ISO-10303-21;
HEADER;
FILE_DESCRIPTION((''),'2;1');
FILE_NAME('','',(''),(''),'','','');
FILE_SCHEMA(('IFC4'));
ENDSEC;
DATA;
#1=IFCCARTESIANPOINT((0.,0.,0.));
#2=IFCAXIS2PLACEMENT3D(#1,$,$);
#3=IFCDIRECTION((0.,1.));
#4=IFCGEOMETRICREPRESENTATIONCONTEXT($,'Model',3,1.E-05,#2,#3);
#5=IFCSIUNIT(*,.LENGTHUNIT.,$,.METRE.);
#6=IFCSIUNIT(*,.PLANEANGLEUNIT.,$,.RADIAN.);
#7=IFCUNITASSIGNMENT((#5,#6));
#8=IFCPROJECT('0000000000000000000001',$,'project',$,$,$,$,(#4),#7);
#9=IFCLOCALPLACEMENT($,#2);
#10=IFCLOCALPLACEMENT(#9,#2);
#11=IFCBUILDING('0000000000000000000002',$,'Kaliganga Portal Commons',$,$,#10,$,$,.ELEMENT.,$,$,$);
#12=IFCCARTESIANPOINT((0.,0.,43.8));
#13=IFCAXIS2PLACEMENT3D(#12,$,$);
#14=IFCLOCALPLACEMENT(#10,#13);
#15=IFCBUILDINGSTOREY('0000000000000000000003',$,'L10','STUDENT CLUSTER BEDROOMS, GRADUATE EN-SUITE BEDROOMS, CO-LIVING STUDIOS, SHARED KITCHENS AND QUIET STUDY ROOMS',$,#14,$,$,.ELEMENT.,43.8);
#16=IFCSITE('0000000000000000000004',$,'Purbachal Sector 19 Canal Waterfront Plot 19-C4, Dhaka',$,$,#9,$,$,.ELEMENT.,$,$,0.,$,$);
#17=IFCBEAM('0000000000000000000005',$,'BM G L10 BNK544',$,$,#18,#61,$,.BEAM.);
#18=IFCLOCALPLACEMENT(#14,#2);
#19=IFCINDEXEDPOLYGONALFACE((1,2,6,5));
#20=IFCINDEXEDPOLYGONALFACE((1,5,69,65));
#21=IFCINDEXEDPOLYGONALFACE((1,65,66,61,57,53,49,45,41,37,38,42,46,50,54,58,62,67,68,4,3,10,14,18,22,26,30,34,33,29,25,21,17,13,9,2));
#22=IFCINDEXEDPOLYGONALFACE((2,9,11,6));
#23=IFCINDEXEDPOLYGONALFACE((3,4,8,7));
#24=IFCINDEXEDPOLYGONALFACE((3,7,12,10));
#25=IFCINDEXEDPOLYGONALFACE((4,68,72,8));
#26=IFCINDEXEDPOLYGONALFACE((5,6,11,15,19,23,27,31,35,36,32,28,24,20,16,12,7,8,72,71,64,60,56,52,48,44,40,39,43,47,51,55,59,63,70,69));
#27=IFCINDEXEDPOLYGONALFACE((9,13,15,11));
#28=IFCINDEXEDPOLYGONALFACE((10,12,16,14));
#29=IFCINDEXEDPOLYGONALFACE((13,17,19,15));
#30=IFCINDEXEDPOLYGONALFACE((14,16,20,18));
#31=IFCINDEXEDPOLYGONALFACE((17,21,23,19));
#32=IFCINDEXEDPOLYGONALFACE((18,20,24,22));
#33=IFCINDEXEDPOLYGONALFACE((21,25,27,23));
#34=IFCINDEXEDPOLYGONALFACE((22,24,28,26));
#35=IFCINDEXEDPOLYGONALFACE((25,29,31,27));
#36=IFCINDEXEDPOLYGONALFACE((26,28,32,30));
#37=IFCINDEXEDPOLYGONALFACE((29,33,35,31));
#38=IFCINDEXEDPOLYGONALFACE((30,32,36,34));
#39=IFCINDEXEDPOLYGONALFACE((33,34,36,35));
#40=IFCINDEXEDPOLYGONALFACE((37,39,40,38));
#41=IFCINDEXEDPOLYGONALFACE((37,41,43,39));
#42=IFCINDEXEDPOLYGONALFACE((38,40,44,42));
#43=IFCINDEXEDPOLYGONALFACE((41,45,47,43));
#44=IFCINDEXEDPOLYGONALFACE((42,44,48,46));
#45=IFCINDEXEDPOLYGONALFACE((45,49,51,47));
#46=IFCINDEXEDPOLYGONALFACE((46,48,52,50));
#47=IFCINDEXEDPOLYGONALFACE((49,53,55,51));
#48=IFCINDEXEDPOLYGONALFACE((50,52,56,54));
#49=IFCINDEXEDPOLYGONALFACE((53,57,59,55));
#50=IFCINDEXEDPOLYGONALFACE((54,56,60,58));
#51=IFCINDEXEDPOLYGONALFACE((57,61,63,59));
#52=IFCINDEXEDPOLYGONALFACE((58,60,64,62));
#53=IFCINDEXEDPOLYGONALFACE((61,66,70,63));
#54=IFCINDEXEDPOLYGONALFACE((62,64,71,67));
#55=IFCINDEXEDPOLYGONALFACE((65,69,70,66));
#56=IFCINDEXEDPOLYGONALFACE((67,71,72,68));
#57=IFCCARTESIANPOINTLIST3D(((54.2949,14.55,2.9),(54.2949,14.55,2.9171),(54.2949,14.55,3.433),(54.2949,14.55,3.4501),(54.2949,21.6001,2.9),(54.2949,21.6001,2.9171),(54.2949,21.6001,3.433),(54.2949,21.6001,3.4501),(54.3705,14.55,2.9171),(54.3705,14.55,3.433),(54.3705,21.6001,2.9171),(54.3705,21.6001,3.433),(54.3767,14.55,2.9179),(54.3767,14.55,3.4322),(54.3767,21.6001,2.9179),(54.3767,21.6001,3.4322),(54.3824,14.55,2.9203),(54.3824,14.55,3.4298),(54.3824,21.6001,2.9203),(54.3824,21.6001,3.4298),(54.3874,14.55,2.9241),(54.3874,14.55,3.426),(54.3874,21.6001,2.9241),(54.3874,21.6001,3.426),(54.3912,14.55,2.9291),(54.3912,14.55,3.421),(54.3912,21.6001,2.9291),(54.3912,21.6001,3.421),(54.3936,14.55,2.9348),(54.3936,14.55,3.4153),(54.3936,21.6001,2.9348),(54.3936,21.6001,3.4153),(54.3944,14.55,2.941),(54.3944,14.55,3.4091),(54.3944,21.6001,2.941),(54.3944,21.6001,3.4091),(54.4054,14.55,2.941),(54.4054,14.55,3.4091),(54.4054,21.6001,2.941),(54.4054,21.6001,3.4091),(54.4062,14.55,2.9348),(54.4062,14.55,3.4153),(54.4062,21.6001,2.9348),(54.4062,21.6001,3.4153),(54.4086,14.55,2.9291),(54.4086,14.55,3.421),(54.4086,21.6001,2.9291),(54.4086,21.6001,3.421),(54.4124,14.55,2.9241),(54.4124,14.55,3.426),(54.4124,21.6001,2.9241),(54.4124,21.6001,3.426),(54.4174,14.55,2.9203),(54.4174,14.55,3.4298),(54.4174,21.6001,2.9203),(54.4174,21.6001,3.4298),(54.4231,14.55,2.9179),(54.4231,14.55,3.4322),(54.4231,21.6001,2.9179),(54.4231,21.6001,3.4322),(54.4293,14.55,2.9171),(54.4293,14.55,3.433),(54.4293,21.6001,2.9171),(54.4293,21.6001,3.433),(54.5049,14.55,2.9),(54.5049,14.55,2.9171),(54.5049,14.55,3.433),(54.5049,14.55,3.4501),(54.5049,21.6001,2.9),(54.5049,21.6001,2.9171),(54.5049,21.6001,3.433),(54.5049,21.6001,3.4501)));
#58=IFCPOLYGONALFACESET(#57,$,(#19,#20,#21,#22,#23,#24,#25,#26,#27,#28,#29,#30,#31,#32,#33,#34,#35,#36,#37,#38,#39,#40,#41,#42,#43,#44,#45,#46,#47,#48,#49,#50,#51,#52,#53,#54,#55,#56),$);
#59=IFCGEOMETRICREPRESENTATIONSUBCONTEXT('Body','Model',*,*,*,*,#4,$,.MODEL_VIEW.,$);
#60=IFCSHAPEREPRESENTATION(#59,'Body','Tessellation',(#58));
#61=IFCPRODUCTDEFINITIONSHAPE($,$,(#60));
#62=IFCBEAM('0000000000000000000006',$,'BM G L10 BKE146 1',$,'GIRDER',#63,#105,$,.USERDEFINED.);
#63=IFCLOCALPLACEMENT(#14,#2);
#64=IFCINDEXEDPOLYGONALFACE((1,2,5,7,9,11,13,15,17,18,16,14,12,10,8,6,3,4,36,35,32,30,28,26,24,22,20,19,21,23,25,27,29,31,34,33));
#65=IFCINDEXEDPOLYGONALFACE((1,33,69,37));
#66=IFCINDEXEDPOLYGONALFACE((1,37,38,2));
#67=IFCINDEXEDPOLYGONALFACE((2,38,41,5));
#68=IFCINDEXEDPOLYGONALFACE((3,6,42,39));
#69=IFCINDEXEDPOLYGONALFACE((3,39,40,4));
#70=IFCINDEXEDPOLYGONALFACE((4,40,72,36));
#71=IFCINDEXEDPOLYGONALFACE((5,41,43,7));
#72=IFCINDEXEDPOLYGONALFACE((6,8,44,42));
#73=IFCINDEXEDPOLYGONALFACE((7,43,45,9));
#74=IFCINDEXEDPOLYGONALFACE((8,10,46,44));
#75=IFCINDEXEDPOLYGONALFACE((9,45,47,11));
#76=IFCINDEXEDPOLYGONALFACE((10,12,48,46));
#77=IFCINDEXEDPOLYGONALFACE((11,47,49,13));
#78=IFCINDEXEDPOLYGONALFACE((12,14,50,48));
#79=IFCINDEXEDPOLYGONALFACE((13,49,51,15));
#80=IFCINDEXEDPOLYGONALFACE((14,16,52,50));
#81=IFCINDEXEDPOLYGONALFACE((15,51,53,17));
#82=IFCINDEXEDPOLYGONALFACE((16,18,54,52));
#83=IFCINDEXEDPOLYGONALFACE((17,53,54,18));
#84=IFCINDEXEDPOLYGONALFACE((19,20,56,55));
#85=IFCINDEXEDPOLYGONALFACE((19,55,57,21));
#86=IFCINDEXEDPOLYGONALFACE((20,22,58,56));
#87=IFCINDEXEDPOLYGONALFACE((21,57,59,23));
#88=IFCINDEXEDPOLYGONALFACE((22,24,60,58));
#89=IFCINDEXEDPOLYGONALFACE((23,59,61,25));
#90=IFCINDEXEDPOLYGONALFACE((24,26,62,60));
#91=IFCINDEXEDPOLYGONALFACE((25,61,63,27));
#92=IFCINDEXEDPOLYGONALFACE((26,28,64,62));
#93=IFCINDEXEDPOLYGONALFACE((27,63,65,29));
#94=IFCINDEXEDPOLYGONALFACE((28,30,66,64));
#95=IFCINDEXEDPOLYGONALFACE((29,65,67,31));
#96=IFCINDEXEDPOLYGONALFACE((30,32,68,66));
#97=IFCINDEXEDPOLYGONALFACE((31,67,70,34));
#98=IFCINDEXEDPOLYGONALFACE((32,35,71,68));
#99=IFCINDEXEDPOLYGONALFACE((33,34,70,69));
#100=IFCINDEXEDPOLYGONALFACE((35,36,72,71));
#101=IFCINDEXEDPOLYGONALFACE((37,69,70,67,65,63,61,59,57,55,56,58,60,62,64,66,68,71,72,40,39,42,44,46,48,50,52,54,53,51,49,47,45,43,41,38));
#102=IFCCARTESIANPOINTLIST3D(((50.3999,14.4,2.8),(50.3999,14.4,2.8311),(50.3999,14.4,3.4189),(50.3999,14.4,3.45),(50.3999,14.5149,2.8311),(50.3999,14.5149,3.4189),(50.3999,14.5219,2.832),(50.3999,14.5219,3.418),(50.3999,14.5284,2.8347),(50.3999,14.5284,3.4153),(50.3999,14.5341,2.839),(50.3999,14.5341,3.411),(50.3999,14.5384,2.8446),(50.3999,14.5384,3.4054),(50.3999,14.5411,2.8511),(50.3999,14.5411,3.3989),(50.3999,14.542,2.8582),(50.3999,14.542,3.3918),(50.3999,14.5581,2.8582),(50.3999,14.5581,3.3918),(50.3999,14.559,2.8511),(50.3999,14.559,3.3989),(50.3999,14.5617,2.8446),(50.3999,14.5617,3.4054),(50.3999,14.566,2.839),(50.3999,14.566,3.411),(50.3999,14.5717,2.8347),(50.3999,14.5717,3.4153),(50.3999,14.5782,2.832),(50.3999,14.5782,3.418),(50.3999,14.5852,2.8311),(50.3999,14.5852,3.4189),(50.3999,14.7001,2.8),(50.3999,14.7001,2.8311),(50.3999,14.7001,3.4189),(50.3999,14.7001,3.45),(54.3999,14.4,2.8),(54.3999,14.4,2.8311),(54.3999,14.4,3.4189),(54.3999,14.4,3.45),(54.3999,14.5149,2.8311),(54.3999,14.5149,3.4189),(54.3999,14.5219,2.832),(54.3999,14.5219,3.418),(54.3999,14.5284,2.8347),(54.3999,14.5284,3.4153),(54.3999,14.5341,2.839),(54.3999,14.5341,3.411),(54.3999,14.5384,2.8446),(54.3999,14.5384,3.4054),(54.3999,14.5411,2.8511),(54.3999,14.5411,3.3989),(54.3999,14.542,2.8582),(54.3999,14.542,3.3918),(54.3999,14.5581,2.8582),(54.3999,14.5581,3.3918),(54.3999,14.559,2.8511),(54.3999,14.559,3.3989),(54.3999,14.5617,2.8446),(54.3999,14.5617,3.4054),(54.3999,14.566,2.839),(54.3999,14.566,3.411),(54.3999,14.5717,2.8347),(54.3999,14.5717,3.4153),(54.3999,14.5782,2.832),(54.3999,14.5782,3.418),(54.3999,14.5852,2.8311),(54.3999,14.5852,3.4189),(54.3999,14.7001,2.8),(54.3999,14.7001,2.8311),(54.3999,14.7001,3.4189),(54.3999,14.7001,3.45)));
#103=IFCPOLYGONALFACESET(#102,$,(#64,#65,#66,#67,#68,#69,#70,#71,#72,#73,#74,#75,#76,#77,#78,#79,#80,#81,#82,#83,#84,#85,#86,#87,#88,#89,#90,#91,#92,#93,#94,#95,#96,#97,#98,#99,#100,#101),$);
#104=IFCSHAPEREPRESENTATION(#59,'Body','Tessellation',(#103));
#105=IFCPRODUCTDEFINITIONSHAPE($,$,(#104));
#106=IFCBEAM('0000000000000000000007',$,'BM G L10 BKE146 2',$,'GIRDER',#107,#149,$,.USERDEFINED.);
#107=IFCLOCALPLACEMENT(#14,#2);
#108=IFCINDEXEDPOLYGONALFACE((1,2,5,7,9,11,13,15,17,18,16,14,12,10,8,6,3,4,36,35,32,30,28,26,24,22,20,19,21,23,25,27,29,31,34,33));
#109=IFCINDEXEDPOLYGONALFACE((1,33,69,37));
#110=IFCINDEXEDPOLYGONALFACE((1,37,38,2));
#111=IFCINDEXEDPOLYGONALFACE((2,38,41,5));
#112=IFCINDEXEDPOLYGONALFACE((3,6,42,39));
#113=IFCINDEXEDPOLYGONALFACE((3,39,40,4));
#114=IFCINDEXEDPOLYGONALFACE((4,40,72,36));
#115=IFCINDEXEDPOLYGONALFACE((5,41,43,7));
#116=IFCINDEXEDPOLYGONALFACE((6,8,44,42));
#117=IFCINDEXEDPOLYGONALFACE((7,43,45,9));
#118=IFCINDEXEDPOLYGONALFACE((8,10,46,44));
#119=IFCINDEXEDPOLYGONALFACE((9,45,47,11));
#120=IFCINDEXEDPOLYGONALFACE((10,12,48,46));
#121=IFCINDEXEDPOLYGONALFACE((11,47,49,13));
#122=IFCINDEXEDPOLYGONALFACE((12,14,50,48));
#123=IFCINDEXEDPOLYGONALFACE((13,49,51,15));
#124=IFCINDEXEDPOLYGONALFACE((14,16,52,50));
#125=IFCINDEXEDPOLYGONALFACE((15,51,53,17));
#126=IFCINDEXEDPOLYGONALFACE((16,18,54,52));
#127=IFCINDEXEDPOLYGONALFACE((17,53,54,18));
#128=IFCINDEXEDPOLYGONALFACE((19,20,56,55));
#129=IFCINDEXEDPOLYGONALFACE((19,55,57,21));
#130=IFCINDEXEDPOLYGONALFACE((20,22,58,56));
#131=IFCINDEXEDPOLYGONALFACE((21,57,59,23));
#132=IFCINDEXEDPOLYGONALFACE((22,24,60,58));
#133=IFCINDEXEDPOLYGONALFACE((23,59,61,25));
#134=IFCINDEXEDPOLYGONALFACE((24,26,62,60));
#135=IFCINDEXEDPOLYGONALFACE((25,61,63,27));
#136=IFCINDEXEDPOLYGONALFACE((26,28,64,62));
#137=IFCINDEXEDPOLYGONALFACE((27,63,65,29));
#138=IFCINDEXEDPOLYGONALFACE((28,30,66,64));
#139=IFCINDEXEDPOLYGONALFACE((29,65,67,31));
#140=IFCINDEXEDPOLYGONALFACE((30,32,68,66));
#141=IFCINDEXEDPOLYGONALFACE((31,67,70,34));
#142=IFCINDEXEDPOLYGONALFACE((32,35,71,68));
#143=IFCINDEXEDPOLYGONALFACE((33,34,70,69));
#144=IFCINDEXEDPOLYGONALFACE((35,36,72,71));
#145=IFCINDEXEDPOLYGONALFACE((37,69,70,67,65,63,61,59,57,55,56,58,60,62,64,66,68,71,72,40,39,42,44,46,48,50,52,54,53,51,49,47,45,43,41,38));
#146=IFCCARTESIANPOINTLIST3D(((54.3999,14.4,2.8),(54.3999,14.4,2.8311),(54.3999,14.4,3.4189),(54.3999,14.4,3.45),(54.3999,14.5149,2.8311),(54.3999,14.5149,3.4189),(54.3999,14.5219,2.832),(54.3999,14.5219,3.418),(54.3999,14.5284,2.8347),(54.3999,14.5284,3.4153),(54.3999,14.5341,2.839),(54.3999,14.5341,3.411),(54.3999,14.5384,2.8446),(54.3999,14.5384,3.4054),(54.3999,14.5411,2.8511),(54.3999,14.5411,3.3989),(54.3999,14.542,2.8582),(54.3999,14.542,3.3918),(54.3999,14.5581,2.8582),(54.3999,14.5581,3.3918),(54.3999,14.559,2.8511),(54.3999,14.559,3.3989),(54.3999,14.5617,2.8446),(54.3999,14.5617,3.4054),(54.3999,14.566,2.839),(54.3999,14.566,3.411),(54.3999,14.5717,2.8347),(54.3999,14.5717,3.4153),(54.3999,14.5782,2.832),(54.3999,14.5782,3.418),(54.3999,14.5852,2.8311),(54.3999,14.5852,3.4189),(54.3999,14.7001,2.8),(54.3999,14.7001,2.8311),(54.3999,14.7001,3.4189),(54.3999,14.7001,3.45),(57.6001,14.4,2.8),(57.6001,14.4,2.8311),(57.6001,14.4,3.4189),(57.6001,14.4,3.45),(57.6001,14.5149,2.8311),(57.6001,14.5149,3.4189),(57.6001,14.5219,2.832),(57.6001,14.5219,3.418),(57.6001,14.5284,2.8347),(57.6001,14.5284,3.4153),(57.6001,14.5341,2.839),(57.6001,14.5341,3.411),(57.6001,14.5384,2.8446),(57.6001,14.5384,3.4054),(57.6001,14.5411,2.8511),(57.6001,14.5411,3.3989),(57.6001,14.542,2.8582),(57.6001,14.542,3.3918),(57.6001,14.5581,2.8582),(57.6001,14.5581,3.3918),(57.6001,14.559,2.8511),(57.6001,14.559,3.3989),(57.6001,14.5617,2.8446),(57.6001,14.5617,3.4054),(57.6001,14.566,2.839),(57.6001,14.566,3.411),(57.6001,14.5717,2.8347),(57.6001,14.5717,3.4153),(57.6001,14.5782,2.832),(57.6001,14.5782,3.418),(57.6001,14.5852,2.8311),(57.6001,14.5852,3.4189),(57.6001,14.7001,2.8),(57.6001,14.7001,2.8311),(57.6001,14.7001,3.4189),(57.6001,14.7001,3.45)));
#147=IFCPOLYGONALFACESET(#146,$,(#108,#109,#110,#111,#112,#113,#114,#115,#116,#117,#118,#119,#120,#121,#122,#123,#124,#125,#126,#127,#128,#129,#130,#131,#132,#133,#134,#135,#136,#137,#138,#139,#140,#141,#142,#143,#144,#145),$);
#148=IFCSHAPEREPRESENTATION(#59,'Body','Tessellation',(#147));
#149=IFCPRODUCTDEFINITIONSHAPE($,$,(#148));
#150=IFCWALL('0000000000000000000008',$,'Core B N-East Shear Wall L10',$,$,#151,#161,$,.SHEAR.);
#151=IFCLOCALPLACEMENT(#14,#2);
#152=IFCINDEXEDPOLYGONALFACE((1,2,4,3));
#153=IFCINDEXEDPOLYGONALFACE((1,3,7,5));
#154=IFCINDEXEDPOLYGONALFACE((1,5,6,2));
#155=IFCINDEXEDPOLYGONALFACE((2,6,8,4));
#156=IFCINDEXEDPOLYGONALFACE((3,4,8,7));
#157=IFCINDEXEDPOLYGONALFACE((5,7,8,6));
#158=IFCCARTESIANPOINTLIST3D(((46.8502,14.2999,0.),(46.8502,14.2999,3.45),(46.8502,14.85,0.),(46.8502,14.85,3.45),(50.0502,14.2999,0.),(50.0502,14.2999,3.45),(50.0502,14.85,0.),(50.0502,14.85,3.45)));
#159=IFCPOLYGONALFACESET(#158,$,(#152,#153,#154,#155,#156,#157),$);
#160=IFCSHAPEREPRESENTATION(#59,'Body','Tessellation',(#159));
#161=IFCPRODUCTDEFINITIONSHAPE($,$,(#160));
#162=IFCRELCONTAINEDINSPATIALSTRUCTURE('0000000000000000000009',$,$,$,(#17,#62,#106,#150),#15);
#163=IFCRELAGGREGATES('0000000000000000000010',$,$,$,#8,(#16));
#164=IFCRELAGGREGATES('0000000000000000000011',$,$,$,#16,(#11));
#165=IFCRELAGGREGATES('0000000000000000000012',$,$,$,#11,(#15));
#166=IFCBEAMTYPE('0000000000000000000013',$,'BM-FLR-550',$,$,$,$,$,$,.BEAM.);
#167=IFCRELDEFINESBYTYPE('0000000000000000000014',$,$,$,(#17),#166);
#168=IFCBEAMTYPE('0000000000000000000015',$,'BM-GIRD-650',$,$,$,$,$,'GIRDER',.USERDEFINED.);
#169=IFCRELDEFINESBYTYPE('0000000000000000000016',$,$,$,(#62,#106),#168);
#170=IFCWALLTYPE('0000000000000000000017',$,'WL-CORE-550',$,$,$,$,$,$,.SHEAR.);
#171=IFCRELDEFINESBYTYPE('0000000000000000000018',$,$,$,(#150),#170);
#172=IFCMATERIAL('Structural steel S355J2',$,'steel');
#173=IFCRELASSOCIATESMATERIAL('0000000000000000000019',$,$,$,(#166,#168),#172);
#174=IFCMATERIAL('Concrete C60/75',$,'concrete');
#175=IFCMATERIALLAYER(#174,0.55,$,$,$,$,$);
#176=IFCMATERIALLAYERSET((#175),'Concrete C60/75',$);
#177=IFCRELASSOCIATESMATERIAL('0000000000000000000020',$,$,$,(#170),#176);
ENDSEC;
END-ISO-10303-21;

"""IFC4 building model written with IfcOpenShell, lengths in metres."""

from ifc_helpers import new_model, si_unit, direction, frame, frame_2d, origin, origin_2d, place, context, subcontext, project, spatial, rectangle, i_section, extrude, source, transform, mapped, material, layer, layer_set, material_profile, profile_set, type_object, element, save


model = new_model("IFC4")

# Units and contexts
model_context = context("Model", 3, precision=1e-05, world=origin(), true_north=direction((0.0, 1.0)))
body_context = subcontext(model_context, "Body", "Model", "MODEL_VIEW")
ifc_project = project(units=[si_unit("LENGTHUNIT", "METRE"), si_unit("PLANEANGLEUNIT", "RADIAN")], contexts=[model_context])

# Site, building, storey
site_placement = place(None, origin())
site = spatial("IfcSite", under=ifc_project, at=site_placement, Name="Purbachal Sector 19 Canal Waterfront Plot 19-C4, Dhaka", CompositionType="ELEMENT", RefElevation=0.0)
building_placement = place(site_placement, origin())
building = spatial("IfcBuilding", under=site, at=building_placement, Name="Kaliganga Portal Commons", CompositionType="ELEMENT")
storey_placement = place(building_placement, frame((0.0, 0.0, 43.8)))
storey = spatial("IfcBuildingStorey", under=building, at=storey_placement, Name="L10", Description="STUDENT CLUSTER BEDROOMS, GRADUATE EN-SUITE BEDROOMS, CO-LIVING STUDIOS, SHARED KITCHENS AND QUIET STUDY ROOMS", CompositionType="ELEMENT", Elevation=43.8)

# Beams
ifc_material_1 = material(Name="Structural steel S355J2", Category="steel")
ifc_material_profile_1 = material_profile(ifc_material_1, i_section(OverallWidth=0.21, OverallDepth=0.55, WebThickness=0.011, FlangeThickness=0.0171, FilletRadius=0.0239, at=origin_2d()), Name="IPE 550")
ifc_profile_set_1 = profile_set([ifc_material_profile_1], Name="Structural steel S355J2 wide-flange")
beam_type_1 = type_object("IfcBeamType", Name="BM-FLR-550", PredefinedType="BEAM", material=ifc_profile_set_1)
shared_shape_1 = source(origin(), body_context, "Body", "SweptSolid", [
    extrude(i_section(OverallWidth=0.21, OverallDepth=0.55, WebThickness=0.011, FlangeThickness=0.0171, FilletRadius=0.0239, at=origin_2d()), origin(), (0.0, 0.0, 1.0), 7.05),
])
for number, where, z_axis, x_axis, name in (
    (1, (54.3999, 14.55, 3.175), (0.0, 1.0, 0.0), (-1.0, 0.0, 0.0), "BM G L10 BNK544"),
):
    element("IfcBeam", number, at=place(storey_placement, frame(where, z_axis=z_axis, x_axis=x_axis)), inside=storey, type_object=beam_type_1, Name=name, PredefinedType="BEAM", context=body_context, shape_type="MappedRepresentation", body=[
        mapped(shared_shape_1, transform((0.0, 0.0, 0.0), x_axis=(1.0, 0.0, 0.0), y_axis=(0.0, 1.0, 0.0), z_axis=(0.0, 0.0, 1.0), scale=1.0)),
    ])
ifc_material_profile_2 = material_profile(ifc_material_1, i_section(OverallWidth=0.3, OverallDepth=0.6499, WebThickness=0.0161, FlangeThickness=0.031, FilletRadius=0.0271, at=origin_2d()), Name="HE 650 B")
ifc_profile_set_2 = profile_set([ifc_material_profile_2], Name="Structural steel S355J2 wide-flange")
beam_type_2 = type_object("IfcBeamType", Name="BM-GIRD-650", ElementType="GIRDER", PredefinedType="USERDEFINED", material=ifc_profile_set_2)
shared_shape_2 = source(origin(), body_context, "Body", "SweptSolid", [
    extrude(i_section(OverallWidth=0.3, OverallDepth=0.6499, WebThickness=0.0161, FlangeThickness=0.031, FilletRadius=0.0271, at=origin_2d()), origin(), (0.0, 0.0, 1.0), 4.0),
])
beam_1_placement = place(storey_placement, frame((50.3999, 14.55, 3.125), z_axis=(1.0, 0.0, 0.0), x_axis=(0.0, 1.0, 0.0)))
element("IfcBeam", 2, at=beam_1_placement, inside=storey, type_object=beam_type_2, Name="BM G L10 BKE146 1", ObjectType="GIRDER", PredefinedType="USERDEFINED", context=body_context, shape_type="MappedRepresentation", body=[
    mapped(shared_shape_2, transform((0.0, 0.0, 0.0), x_axis=(1.0, 0.0, 0.0), y_axis=(0.0, 1.0, 0.0), z_axis=(0.0, 0.0, 1.0), scale=1.0)),
])
shared_shape_3 = source(origin(), body_context, "Body", "SweptSolid", [
    extrude(i_section(OverallWidth=0.3, OverallDepth=0.6499, WebThickness=0.0161, FlangeThickness=0.031, FilletRadius=0.0271, at=origin_2d()), origin(), (0.0, 0.0, 1.0), 3.2002),
])
beam_2_placement = place(storey_placement, frame((54.3999, 14.55, 3.125), z_axis=(1.0, 0.0, 0.0), x_axis=(0.0, 1.0, 0.0)))
element("IfcBeam", 3, at=beam_2_placement, inside=storey, type_object=beam_type_2, Name="BM G L10 BKE146 2", ObjectType="GIRDER", PredefinedType="USERDEFINED", context=body_context, shape_type="MappedRepresentation", body=[
    mapped(shared_shape_3, transform((0.0, 0.0, 0.0), x_axis=(1.0, 0.0, 0.0), y_axis=(0.0, 1.0, 0.0), z_axis=(0.0, 0.0, 1.0), scale=1.0)),
])

# Wall
ifc_material_2 = material(Name="Concrete C60/75", Category="concrete")
ifc_layer_1 = layer(ifc_material_2, 0.55)
ifc_layer_set_1 = layer_set([ifc_layer_1], Name="Concrete C60/75")
wall_type_1 = type_object("IfcWallType", Name="WL-CORE-550", PredefinedType="SHEAR", material=ifc_layer_set_1)
wall_1_placement = place(storey_placement, frame((46.8501, 14.575, 0.0), z_axis=(0.0, 0.0, 1.0), x_axis=(1.0, 0.0, 0.0)))
element("IfcWall", 4, at=wall_1_placement, inside=storey, type_object=wall_type_1, Name="Core B N-East Shear Wall L10", PredefinedType="SHEAR", context=body_context, shape_type="SweptSolid", body=[
    extrude(rectangle(XDim=3.2, YDim=0.55, at=frame_2d((1.6001, 0.0))), origin(), (0.0, 0.0, 1.0), 3.45),
])

save(model, "model.ifc")
